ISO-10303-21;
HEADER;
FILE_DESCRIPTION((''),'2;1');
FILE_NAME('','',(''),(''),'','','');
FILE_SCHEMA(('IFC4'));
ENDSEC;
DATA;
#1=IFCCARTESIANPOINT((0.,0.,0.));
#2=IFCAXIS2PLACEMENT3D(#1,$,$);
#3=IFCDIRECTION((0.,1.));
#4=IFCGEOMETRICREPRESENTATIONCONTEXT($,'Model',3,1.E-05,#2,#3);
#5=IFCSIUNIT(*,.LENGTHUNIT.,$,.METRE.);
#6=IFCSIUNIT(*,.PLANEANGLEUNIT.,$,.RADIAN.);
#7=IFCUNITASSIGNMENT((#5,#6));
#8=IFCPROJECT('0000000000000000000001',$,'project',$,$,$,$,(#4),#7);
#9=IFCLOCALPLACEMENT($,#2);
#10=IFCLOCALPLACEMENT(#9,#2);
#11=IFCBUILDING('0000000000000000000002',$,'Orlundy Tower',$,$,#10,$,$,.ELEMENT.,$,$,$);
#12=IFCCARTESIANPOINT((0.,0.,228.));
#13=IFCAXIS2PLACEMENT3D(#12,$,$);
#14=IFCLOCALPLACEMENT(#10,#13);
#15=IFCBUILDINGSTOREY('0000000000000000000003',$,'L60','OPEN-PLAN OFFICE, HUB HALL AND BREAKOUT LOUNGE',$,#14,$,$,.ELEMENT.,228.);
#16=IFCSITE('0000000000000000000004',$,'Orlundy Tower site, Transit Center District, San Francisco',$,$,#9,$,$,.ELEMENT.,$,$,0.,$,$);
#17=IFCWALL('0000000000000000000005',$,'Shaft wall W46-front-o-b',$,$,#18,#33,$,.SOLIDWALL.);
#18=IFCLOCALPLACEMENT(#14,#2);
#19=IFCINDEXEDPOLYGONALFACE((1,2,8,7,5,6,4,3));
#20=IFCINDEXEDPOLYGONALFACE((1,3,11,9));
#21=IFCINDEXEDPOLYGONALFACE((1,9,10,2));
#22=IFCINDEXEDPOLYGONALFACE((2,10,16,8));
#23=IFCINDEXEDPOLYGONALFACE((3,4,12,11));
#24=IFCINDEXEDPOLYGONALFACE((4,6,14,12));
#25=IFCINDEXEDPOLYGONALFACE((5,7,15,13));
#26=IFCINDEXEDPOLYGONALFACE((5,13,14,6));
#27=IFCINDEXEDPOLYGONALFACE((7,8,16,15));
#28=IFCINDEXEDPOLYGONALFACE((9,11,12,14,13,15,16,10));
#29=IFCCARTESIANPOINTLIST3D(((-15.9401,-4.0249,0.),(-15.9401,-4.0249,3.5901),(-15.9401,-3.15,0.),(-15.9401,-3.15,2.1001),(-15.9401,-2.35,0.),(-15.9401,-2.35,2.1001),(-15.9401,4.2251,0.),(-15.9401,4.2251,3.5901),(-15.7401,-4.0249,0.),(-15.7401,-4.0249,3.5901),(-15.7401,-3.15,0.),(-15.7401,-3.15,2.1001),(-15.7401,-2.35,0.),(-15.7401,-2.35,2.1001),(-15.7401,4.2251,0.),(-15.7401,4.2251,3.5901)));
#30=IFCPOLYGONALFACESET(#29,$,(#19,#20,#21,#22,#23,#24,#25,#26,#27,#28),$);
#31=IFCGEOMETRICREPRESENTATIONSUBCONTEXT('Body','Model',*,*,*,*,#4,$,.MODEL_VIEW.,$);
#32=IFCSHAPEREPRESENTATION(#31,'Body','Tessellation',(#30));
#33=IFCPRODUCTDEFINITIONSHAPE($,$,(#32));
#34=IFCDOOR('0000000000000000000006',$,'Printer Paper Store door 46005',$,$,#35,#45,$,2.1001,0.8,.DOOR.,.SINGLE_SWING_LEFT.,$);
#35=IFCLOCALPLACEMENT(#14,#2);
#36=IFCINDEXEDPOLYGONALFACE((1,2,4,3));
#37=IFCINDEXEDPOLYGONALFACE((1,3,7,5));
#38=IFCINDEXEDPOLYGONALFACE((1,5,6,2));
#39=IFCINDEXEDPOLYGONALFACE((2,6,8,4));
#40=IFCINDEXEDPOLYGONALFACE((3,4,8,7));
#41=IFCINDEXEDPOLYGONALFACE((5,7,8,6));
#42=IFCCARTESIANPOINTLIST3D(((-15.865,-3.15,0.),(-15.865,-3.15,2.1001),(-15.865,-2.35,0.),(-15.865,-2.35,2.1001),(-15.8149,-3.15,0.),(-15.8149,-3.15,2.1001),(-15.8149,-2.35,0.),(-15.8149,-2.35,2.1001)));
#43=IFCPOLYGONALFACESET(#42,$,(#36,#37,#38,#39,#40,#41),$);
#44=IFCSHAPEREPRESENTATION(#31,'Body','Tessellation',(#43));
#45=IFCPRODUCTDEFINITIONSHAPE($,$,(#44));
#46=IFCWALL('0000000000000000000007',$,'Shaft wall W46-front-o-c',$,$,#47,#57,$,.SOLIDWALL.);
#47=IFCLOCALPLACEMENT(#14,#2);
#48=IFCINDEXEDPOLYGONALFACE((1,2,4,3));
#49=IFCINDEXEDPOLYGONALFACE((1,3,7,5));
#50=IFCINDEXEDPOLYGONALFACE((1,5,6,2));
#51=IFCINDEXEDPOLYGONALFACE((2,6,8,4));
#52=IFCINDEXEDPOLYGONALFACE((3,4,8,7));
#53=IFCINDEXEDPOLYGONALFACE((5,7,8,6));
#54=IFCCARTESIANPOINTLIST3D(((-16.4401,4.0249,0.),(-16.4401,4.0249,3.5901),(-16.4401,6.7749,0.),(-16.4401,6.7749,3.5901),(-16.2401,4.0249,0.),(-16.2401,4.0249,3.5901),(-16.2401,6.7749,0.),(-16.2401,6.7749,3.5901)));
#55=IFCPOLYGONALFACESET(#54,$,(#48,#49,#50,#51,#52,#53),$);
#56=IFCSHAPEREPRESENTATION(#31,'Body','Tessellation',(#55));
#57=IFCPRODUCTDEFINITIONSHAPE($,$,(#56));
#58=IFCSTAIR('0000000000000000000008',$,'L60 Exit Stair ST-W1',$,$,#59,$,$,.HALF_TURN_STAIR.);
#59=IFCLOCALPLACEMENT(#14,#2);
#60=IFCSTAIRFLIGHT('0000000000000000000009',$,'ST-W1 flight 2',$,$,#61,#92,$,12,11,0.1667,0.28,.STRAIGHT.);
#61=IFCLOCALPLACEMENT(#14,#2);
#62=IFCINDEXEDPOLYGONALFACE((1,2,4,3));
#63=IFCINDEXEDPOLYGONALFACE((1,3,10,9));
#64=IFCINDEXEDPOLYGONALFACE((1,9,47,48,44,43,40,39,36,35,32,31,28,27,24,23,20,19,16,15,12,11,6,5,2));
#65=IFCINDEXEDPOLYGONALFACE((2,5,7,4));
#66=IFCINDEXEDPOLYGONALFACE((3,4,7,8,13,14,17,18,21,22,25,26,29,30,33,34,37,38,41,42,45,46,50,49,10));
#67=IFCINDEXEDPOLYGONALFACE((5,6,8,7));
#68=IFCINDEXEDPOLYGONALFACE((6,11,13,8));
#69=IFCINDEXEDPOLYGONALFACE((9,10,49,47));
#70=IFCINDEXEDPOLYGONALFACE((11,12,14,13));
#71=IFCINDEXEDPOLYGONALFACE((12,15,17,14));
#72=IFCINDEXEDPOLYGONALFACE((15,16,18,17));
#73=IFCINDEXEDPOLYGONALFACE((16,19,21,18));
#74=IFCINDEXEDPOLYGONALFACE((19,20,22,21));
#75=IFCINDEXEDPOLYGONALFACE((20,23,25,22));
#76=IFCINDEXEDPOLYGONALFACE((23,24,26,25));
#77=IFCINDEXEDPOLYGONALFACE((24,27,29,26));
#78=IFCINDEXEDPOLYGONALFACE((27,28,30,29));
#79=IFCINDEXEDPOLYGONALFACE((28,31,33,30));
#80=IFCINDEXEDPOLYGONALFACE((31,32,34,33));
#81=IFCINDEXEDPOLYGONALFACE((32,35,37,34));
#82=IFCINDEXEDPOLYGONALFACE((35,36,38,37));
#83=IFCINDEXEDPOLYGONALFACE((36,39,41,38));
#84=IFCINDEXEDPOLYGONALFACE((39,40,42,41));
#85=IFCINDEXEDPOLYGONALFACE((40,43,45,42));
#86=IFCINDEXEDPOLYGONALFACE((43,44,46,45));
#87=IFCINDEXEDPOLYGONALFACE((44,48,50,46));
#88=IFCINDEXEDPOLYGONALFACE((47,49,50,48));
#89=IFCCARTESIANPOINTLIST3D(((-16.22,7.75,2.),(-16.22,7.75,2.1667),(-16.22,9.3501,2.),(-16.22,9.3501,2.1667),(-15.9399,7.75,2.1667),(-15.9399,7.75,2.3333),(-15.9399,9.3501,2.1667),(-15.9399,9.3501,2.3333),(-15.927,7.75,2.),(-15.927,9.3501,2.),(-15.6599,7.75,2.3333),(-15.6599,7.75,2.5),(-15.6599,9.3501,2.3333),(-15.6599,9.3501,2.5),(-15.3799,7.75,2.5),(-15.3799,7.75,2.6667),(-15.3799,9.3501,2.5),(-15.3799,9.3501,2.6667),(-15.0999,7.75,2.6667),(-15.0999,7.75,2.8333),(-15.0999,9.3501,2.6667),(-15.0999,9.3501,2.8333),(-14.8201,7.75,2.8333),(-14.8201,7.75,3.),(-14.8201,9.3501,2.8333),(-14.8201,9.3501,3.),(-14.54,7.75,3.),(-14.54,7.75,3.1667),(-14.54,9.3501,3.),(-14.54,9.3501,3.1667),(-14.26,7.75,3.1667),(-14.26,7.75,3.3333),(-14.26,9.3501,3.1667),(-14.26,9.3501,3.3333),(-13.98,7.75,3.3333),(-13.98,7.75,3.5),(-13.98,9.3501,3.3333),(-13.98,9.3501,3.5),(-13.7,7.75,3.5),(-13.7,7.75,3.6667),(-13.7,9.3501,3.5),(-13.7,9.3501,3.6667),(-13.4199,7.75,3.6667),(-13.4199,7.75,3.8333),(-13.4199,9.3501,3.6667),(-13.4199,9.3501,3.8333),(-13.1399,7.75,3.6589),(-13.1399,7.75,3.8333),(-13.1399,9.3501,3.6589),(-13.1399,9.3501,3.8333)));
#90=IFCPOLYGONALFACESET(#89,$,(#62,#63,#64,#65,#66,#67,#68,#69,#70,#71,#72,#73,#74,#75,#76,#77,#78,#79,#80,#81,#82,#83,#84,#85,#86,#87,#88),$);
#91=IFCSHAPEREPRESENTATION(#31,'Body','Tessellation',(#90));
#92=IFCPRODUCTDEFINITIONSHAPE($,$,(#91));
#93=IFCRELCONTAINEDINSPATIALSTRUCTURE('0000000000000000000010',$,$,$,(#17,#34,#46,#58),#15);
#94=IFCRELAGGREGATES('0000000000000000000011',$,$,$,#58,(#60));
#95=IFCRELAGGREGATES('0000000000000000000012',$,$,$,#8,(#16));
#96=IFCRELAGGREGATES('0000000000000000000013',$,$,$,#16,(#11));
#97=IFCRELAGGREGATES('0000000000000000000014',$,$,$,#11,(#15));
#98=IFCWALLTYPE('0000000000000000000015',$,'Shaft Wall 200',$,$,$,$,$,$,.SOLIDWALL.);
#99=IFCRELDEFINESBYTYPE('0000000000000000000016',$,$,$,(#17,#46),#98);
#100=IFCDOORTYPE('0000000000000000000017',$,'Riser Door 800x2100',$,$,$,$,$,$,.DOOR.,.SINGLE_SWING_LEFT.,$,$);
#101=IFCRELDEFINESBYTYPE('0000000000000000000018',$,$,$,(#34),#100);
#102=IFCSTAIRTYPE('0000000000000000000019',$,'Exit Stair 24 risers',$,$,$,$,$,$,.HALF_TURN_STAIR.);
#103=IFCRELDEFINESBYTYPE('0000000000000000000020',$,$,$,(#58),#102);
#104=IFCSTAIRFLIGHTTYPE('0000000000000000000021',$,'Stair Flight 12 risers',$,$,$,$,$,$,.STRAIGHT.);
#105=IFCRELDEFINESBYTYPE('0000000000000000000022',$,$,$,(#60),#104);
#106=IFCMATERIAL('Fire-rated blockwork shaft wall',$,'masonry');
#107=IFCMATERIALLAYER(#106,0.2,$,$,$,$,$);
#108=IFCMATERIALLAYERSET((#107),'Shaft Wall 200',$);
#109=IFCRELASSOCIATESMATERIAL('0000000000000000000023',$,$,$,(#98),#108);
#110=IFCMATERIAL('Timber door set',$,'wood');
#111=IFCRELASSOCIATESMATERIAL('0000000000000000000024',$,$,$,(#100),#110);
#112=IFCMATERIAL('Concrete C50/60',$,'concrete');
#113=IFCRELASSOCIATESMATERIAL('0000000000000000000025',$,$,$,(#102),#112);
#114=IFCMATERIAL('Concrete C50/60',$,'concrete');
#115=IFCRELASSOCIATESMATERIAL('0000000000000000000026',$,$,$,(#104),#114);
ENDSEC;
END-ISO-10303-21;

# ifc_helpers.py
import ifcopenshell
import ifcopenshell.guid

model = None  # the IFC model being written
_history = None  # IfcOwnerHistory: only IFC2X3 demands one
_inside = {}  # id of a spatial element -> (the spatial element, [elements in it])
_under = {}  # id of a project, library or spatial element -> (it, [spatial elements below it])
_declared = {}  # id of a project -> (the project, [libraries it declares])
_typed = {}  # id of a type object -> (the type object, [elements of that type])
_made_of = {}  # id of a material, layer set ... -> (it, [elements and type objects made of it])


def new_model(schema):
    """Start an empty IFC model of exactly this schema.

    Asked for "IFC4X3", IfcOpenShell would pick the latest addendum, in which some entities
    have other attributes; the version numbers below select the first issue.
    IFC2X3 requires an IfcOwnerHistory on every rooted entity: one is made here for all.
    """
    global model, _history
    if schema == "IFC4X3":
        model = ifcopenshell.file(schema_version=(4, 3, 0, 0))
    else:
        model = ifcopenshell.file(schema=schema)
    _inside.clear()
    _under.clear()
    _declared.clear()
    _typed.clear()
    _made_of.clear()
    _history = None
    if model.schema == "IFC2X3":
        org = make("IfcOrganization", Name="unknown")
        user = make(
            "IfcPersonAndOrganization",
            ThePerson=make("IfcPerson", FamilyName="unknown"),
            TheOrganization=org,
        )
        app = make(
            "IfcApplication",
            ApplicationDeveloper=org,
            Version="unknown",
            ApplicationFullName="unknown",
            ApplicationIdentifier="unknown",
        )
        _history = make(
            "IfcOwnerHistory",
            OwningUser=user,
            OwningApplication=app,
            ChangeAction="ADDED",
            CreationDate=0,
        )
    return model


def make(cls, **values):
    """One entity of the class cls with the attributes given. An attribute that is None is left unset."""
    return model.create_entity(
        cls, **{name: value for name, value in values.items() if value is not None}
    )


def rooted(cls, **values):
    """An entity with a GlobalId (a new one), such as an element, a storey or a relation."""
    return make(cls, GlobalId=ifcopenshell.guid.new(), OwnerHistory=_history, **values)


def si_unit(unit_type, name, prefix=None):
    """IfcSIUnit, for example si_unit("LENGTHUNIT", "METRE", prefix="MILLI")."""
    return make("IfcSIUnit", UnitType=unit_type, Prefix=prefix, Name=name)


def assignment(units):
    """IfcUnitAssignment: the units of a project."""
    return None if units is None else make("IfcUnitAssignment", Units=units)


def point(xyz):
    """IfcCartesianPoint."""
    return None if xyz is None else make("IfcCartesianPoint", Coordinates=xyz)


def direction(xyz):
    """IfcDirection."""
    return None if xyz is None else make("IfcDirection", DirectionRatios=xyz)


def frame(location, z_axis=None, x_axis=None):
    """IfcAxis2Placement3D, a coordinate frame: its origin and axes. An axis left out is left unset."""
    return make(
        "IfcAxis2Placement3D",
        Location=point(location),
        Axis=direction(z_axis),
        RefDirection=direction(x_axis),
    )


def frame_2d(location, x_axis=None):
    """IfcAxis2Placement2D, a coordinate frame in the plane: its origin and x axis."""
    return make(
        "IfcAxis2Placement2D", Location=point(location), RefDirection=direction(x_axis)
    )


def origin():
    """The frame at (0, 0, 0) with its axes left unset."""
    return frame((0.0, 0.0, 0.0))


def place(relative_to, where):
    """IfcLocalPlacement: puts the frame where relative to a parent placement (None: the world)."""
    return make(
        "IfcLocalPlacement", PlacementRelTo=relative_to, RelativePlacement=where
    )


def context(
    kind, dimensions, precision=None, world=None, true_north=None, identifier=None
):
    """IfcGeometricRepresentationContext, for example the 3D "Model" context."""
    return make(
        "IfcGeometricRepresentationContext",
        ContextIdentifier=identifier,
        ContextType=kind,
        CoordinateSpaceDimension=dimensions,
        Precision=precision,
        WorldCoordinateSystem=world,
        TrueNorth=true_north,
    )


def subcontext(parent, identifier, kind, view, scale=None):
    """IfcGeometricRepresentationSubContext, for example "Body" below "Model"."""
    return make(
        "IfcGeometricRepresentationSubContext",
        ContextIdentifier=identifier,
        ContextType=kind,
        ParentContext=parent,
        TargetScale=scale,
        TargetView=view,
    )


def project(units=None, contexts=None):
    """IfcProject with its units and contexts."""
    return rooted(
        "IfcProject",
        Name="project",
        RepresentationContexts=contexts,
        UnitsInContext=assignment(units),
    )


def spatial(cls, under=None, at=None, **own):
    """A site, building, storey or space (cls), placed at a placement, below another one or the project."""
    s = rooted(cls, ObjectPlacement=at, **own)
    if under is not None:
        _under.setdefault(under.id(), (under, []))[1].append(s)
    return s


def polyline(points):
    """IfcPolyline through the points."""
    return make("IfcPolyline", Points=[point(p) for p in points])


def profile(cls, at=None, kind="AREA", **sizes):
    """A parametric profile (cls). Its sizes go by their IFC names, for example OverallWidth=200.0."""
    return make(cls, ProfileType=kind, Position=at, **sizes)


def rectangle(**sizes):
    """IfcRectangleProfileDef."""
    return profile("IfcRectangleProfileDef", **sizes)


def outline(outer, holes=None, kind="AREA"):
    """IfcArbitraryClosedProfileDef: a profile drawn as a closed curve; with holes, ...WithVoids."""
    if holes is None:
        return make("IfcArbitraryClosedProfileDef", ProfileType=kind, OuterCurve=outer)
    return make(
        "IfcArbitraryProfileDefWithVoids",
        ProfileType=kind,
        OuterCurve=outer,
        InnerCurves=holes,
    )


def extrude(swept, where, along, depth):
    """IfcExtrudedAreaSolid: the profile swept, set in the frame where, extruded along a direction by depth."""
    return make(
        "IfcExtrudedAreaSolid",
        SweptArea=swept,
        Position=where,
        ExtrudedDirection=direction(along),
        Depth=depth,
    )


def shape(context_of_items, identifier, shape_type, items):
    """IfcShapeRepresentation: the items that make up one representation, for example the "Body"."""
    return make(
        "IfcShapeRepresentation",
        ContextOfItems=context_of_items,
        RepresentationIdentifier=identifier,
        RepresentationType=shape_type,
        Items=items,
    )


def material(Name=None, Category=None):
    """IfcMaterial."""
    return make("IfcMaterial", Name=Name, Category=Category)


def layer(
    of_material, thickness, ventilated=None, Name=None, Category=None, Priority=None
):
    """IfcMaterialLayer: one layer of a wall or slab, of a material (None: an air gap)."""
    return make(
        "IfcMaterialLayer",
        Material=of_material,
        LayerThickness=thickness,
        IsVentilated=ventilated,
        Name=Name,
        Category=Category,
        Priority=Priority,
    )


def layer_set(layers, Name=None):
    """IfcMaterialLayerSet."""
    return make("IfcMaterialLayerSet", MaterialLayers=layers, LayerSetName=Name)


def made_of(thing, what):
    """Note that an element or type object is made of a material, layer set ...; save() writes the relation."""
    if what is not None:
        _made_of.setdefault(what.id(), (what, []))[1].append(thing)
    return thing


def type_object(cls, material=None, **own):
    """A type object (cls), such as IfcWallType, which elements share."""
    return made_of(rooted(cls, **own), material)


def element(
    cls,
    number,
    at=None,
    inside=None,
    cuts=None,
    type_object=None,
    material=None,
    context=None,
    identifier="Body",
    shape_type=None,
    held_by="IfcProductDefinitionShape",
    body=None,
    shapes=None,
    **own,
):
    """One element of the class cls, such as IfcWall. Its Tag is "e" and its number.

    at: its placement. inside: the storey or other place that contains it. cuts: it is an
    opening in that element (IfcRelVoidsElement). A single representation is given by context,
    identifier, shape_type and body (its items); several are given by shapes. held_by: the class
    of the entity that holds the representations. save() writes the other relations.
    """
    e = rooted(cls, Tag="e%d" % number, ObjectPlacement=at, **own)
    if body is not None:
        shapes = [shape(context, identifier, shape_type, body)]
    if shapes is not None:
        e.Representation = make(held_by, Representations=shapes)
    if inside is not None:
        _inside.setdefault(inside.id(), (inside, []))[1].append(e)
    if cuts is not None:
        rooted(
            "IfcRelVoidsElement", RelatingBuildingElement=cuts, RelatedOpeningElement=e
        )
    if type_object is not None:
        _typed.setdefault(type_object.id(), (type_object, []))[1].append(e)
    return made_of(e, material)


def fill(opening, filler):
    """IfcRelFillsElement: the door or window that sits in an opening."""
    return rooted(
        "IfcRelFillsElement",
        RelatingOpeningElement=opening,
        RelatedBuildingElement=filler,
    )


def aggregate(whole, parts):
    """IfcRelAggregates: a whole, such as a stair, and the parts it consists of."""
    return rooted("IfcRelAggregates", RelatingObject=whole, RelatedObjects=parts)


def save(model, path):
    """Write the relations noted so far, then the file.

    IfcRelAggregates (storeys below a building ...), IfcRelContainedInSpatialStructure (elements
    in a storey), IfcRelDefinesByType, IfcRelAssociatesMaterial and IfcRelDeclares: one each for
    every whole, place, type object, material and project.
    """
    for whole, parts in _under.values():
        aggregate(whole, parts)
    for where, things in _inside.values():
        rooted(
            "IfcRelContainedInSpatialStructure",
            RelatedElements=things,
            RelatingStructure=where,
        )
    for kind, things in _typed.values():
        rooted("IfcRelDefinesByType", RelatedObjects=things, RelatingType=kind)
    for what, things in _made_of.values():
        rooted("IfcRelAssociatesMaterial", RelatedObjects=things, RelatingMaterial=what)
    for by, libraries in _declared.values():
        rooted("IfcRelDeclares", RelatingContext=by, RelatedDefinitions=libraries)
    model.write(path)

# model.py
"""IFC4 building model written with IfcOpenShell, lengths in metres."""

from ifc_helpers import new_model, si_unit, direction, frame, frame_2d, origin, place, context, subcontext, project, spatial, polyline, rectangle, outline, extrude, material, layer, layer_set, type_object, element, fill, aggregate, save


model = new_model("IFC4")

# Units and contexts
model_context = context("Model", 3, precision=1e-05, world=origin(), true_north=direction((0.0, 1.0)))
body_context = subcontext(model_context, "Body", "Model", "MODEL_VIEW")
ifc_project = project(units=[si_unit("LENGTHUNIT", "METRE"), si_unit("PLANEANGLEUNIT", "RADIAN")], contexts=[model_context])

# Site, building, storey
site_placement = place(None, origin())
site = spatial("IfcSite", under=ifc_project, at=site_placement, Name="Orlundy Tower site, Transit Center District, San Francisco", CompositionType="ELEMENT", RefElevation=0.0)
building_placement = place(site_placement, origin())
building = spatial("IfcBuilding", under=site, at=building_placement, Name="Orlundy Tower", CompositionType="ELEMENT")
storey_placement = place(building_placement, frame((0.0, 0.0, 228.0)))
storey = spatial("IfcBuildingStorey", under=building, at=storey_placement, Name="L60", Description="OPEN-PLAN OFFICE, HUB HALL AND BREAKOUT LOUNGE", CompositionType="ELEMENT", Elevation=228.0)

# Shared definitions
ifc_material_1 = material(Name="Fire-rated blockwork shaft wall", Category="masonry")
ifc_layer_1 = layer(ifc_material_1, 0.2)
ifc_layer_set_1 = layer_set([ifc_layer_1], Name="Shaft Wall 200")
wall_type_1 = type_object("IfcWallType", Name="Shaft Wall 200", PredefinedType="SOLIDWALL", material=ifc_layer_set_1)

# Wall, opening, door
wall_1_placement = place(storey_placement, frame((-15.8401, -4.0249, 0.0), z_axis=(0.0, 0.0, 1.0), x_axis=(0.0, 1.0, 0.0)))
wall_1 = element("IfcWall", 1, at=wall_1_placement, inside=storey, type_object=wall_type_1, Name="Shaft wall W46-front-o-b", PredefinedType="SOLIDWALL", context=body_context, shape_type="SweptSolid", body=[
    extrude(rectangle(XDim=8.25, YDim=0.2, at=frame_2d((4.125, 0.0))), origin(), (0.0, 0.0, 1.0), 3.5901),
])
opening_placement = place(wall_1_placement, frame((0.875, 0.0, 0.0)))
opening = element("IfcOpeningElement", 2, at=opening_placement, cuts=wall_1, PredefinedType="OPENING", context=body_context, shape_type="SweptSolid", body=[
    extrude(rectangle(XDim=0.8, YDim=2.1001, at=frame_2d((0.3999, 1.05))), frame((0.0, 0.1101, 0.0), z_axis=(0.0, -1.0, 0.0), x_axis=(1.0, 0.0, 0.0)), (0.0, 0.0, 1.0), 0.2202),
])
ifc_material_2 = material(Name="Timber door set", Category="wood")
door_type = type_object("IfcDoorType", Name="Riser Door 800x2100", OperationType="SINGLE_SWING_LEFT", PredefinedType="DOOR", material=ifc_material_2)
door_placement = place(opening_placement, origin())
door = element("IfcDoor", 3, at=door_placement, inside=storey, type_object=door_type, Name="Printer Paper Store door 46005", OperationType="SINGLE_SWING_LEFT", OverallHeight=2.1001, OverallWidth=0.8, PredefinedType="DOOR", context=body_context, shape_type="SweptSolid", body=[
    extrude(rectangle(XDim=0.8, YDim=2.1001, at=frame_2d((0.3999, 1.05))), frame((0.0, 0.0249, 0.0), z_axis=(0.0, -1.0, 0.0), x_axis=(1.0, 0.0, 0.0)), (0.0, 0.0, 1.0), 0.05),
])
fill(opening, door)

# Wall
wall_2_placement = place(storey_placement, frame((-16.3401, 4.0249, 0.0), z_axis=(0.0, 0.0, 1.0), x_axis=(0.0, 1.0, 0.0)))
element("IfcWall", 4, at=wall_2_placement, inside=storey, type_object=wall_type_1, Name="Shaft wall W46-front-o-c", PredefinedType="SOLIDWALL", context=body_context, shape_type="SweptSolid", body=[
    extrude(rectangle(XDim=2.75, YDim=0.2, at=frame_2d((1.375, 0.0))), origin(), (0.0, 0.0, 1.0), 3.5901),
])

# Stair, stair flight
ifc_material_3 = material(Name="Concrete C50/60", Category="concrete")
stair_type = type_object("IfcStairType", Name="Exit Stair 24 risers", PredefinedType="HALF_TURN_STAIR", material=ifc_material_3)
stair_placement = place(storey_placement, origin())
stair = element("IfcStair", 5, at=stair_placement, inside=storey, type_object=stair_type, Name="L60 Exit Stair ST-W1", PredefinedType="HALF_TURN_STAIR")
ifc_material_4 = material(Name="Concrete C50/60", Category="concrete")
stair_flight_type = type_object("IfcStairFlightType", Name="Stair Flight 12 risers", PredefinedType="STRAIGHT", material=ifc_material_4)
stair_flight_placement = place(storey_placement, frame((-16.22, 8.55, 2.0), z_axis=(0.0, 0.0, 1.0), x_axis=(1.0, 0.0, 0.0)))
stair_flight = element("IfcStairFlight", 6, at=stair_flight_placement, type_object=stair_flight_type, Name="ST-W1 flight 2", NumberOfRisers=12, NumberOfTreads=11, PredefinedType="STRAIGHT", RiserHeight=0.1667, TreadLength=0.28, context=body_context, shape_type="SweptSolid", body=[
    extrude(outline(polyline([(0.0, 0.0), (0.0, 0.1667), (0.28, 0.1667), (0.28, 0.3333), (0.5601, 0.3333), (0.5601, 0.5), (0.8401, 0.5), (0.8401, 0.6667), (1.1201, 0.6667), (1.1201, 0.8333), (1.3999, 0.8333), (1.3999, 1.0), (1.6799, 1.0), (1.6799, 1.1667), (1.96, 1.1667), (1.96, 1.3333), (2.24, 1.3333), (2.24, 1.5), (2.52, 1.5), (2.52, 1.6667), (2.8, 1.6667), (2.8, 1.8333), (3.0801, 1.8333), (3.0801, 2.0), (3.0801, 1.6589), (0.293, 0.0), (0.0, 0.0)])), frame((0.0, 0.8, 0.0), z_axis=(0.0, -1.0, 0.0), x_axis=(1.0, 0.0, 0.0)), (0.0, 0.0, 1.0), 1.6001),
])
aggregate(stair, [stair_flight])

save(model, "model.ifc")
